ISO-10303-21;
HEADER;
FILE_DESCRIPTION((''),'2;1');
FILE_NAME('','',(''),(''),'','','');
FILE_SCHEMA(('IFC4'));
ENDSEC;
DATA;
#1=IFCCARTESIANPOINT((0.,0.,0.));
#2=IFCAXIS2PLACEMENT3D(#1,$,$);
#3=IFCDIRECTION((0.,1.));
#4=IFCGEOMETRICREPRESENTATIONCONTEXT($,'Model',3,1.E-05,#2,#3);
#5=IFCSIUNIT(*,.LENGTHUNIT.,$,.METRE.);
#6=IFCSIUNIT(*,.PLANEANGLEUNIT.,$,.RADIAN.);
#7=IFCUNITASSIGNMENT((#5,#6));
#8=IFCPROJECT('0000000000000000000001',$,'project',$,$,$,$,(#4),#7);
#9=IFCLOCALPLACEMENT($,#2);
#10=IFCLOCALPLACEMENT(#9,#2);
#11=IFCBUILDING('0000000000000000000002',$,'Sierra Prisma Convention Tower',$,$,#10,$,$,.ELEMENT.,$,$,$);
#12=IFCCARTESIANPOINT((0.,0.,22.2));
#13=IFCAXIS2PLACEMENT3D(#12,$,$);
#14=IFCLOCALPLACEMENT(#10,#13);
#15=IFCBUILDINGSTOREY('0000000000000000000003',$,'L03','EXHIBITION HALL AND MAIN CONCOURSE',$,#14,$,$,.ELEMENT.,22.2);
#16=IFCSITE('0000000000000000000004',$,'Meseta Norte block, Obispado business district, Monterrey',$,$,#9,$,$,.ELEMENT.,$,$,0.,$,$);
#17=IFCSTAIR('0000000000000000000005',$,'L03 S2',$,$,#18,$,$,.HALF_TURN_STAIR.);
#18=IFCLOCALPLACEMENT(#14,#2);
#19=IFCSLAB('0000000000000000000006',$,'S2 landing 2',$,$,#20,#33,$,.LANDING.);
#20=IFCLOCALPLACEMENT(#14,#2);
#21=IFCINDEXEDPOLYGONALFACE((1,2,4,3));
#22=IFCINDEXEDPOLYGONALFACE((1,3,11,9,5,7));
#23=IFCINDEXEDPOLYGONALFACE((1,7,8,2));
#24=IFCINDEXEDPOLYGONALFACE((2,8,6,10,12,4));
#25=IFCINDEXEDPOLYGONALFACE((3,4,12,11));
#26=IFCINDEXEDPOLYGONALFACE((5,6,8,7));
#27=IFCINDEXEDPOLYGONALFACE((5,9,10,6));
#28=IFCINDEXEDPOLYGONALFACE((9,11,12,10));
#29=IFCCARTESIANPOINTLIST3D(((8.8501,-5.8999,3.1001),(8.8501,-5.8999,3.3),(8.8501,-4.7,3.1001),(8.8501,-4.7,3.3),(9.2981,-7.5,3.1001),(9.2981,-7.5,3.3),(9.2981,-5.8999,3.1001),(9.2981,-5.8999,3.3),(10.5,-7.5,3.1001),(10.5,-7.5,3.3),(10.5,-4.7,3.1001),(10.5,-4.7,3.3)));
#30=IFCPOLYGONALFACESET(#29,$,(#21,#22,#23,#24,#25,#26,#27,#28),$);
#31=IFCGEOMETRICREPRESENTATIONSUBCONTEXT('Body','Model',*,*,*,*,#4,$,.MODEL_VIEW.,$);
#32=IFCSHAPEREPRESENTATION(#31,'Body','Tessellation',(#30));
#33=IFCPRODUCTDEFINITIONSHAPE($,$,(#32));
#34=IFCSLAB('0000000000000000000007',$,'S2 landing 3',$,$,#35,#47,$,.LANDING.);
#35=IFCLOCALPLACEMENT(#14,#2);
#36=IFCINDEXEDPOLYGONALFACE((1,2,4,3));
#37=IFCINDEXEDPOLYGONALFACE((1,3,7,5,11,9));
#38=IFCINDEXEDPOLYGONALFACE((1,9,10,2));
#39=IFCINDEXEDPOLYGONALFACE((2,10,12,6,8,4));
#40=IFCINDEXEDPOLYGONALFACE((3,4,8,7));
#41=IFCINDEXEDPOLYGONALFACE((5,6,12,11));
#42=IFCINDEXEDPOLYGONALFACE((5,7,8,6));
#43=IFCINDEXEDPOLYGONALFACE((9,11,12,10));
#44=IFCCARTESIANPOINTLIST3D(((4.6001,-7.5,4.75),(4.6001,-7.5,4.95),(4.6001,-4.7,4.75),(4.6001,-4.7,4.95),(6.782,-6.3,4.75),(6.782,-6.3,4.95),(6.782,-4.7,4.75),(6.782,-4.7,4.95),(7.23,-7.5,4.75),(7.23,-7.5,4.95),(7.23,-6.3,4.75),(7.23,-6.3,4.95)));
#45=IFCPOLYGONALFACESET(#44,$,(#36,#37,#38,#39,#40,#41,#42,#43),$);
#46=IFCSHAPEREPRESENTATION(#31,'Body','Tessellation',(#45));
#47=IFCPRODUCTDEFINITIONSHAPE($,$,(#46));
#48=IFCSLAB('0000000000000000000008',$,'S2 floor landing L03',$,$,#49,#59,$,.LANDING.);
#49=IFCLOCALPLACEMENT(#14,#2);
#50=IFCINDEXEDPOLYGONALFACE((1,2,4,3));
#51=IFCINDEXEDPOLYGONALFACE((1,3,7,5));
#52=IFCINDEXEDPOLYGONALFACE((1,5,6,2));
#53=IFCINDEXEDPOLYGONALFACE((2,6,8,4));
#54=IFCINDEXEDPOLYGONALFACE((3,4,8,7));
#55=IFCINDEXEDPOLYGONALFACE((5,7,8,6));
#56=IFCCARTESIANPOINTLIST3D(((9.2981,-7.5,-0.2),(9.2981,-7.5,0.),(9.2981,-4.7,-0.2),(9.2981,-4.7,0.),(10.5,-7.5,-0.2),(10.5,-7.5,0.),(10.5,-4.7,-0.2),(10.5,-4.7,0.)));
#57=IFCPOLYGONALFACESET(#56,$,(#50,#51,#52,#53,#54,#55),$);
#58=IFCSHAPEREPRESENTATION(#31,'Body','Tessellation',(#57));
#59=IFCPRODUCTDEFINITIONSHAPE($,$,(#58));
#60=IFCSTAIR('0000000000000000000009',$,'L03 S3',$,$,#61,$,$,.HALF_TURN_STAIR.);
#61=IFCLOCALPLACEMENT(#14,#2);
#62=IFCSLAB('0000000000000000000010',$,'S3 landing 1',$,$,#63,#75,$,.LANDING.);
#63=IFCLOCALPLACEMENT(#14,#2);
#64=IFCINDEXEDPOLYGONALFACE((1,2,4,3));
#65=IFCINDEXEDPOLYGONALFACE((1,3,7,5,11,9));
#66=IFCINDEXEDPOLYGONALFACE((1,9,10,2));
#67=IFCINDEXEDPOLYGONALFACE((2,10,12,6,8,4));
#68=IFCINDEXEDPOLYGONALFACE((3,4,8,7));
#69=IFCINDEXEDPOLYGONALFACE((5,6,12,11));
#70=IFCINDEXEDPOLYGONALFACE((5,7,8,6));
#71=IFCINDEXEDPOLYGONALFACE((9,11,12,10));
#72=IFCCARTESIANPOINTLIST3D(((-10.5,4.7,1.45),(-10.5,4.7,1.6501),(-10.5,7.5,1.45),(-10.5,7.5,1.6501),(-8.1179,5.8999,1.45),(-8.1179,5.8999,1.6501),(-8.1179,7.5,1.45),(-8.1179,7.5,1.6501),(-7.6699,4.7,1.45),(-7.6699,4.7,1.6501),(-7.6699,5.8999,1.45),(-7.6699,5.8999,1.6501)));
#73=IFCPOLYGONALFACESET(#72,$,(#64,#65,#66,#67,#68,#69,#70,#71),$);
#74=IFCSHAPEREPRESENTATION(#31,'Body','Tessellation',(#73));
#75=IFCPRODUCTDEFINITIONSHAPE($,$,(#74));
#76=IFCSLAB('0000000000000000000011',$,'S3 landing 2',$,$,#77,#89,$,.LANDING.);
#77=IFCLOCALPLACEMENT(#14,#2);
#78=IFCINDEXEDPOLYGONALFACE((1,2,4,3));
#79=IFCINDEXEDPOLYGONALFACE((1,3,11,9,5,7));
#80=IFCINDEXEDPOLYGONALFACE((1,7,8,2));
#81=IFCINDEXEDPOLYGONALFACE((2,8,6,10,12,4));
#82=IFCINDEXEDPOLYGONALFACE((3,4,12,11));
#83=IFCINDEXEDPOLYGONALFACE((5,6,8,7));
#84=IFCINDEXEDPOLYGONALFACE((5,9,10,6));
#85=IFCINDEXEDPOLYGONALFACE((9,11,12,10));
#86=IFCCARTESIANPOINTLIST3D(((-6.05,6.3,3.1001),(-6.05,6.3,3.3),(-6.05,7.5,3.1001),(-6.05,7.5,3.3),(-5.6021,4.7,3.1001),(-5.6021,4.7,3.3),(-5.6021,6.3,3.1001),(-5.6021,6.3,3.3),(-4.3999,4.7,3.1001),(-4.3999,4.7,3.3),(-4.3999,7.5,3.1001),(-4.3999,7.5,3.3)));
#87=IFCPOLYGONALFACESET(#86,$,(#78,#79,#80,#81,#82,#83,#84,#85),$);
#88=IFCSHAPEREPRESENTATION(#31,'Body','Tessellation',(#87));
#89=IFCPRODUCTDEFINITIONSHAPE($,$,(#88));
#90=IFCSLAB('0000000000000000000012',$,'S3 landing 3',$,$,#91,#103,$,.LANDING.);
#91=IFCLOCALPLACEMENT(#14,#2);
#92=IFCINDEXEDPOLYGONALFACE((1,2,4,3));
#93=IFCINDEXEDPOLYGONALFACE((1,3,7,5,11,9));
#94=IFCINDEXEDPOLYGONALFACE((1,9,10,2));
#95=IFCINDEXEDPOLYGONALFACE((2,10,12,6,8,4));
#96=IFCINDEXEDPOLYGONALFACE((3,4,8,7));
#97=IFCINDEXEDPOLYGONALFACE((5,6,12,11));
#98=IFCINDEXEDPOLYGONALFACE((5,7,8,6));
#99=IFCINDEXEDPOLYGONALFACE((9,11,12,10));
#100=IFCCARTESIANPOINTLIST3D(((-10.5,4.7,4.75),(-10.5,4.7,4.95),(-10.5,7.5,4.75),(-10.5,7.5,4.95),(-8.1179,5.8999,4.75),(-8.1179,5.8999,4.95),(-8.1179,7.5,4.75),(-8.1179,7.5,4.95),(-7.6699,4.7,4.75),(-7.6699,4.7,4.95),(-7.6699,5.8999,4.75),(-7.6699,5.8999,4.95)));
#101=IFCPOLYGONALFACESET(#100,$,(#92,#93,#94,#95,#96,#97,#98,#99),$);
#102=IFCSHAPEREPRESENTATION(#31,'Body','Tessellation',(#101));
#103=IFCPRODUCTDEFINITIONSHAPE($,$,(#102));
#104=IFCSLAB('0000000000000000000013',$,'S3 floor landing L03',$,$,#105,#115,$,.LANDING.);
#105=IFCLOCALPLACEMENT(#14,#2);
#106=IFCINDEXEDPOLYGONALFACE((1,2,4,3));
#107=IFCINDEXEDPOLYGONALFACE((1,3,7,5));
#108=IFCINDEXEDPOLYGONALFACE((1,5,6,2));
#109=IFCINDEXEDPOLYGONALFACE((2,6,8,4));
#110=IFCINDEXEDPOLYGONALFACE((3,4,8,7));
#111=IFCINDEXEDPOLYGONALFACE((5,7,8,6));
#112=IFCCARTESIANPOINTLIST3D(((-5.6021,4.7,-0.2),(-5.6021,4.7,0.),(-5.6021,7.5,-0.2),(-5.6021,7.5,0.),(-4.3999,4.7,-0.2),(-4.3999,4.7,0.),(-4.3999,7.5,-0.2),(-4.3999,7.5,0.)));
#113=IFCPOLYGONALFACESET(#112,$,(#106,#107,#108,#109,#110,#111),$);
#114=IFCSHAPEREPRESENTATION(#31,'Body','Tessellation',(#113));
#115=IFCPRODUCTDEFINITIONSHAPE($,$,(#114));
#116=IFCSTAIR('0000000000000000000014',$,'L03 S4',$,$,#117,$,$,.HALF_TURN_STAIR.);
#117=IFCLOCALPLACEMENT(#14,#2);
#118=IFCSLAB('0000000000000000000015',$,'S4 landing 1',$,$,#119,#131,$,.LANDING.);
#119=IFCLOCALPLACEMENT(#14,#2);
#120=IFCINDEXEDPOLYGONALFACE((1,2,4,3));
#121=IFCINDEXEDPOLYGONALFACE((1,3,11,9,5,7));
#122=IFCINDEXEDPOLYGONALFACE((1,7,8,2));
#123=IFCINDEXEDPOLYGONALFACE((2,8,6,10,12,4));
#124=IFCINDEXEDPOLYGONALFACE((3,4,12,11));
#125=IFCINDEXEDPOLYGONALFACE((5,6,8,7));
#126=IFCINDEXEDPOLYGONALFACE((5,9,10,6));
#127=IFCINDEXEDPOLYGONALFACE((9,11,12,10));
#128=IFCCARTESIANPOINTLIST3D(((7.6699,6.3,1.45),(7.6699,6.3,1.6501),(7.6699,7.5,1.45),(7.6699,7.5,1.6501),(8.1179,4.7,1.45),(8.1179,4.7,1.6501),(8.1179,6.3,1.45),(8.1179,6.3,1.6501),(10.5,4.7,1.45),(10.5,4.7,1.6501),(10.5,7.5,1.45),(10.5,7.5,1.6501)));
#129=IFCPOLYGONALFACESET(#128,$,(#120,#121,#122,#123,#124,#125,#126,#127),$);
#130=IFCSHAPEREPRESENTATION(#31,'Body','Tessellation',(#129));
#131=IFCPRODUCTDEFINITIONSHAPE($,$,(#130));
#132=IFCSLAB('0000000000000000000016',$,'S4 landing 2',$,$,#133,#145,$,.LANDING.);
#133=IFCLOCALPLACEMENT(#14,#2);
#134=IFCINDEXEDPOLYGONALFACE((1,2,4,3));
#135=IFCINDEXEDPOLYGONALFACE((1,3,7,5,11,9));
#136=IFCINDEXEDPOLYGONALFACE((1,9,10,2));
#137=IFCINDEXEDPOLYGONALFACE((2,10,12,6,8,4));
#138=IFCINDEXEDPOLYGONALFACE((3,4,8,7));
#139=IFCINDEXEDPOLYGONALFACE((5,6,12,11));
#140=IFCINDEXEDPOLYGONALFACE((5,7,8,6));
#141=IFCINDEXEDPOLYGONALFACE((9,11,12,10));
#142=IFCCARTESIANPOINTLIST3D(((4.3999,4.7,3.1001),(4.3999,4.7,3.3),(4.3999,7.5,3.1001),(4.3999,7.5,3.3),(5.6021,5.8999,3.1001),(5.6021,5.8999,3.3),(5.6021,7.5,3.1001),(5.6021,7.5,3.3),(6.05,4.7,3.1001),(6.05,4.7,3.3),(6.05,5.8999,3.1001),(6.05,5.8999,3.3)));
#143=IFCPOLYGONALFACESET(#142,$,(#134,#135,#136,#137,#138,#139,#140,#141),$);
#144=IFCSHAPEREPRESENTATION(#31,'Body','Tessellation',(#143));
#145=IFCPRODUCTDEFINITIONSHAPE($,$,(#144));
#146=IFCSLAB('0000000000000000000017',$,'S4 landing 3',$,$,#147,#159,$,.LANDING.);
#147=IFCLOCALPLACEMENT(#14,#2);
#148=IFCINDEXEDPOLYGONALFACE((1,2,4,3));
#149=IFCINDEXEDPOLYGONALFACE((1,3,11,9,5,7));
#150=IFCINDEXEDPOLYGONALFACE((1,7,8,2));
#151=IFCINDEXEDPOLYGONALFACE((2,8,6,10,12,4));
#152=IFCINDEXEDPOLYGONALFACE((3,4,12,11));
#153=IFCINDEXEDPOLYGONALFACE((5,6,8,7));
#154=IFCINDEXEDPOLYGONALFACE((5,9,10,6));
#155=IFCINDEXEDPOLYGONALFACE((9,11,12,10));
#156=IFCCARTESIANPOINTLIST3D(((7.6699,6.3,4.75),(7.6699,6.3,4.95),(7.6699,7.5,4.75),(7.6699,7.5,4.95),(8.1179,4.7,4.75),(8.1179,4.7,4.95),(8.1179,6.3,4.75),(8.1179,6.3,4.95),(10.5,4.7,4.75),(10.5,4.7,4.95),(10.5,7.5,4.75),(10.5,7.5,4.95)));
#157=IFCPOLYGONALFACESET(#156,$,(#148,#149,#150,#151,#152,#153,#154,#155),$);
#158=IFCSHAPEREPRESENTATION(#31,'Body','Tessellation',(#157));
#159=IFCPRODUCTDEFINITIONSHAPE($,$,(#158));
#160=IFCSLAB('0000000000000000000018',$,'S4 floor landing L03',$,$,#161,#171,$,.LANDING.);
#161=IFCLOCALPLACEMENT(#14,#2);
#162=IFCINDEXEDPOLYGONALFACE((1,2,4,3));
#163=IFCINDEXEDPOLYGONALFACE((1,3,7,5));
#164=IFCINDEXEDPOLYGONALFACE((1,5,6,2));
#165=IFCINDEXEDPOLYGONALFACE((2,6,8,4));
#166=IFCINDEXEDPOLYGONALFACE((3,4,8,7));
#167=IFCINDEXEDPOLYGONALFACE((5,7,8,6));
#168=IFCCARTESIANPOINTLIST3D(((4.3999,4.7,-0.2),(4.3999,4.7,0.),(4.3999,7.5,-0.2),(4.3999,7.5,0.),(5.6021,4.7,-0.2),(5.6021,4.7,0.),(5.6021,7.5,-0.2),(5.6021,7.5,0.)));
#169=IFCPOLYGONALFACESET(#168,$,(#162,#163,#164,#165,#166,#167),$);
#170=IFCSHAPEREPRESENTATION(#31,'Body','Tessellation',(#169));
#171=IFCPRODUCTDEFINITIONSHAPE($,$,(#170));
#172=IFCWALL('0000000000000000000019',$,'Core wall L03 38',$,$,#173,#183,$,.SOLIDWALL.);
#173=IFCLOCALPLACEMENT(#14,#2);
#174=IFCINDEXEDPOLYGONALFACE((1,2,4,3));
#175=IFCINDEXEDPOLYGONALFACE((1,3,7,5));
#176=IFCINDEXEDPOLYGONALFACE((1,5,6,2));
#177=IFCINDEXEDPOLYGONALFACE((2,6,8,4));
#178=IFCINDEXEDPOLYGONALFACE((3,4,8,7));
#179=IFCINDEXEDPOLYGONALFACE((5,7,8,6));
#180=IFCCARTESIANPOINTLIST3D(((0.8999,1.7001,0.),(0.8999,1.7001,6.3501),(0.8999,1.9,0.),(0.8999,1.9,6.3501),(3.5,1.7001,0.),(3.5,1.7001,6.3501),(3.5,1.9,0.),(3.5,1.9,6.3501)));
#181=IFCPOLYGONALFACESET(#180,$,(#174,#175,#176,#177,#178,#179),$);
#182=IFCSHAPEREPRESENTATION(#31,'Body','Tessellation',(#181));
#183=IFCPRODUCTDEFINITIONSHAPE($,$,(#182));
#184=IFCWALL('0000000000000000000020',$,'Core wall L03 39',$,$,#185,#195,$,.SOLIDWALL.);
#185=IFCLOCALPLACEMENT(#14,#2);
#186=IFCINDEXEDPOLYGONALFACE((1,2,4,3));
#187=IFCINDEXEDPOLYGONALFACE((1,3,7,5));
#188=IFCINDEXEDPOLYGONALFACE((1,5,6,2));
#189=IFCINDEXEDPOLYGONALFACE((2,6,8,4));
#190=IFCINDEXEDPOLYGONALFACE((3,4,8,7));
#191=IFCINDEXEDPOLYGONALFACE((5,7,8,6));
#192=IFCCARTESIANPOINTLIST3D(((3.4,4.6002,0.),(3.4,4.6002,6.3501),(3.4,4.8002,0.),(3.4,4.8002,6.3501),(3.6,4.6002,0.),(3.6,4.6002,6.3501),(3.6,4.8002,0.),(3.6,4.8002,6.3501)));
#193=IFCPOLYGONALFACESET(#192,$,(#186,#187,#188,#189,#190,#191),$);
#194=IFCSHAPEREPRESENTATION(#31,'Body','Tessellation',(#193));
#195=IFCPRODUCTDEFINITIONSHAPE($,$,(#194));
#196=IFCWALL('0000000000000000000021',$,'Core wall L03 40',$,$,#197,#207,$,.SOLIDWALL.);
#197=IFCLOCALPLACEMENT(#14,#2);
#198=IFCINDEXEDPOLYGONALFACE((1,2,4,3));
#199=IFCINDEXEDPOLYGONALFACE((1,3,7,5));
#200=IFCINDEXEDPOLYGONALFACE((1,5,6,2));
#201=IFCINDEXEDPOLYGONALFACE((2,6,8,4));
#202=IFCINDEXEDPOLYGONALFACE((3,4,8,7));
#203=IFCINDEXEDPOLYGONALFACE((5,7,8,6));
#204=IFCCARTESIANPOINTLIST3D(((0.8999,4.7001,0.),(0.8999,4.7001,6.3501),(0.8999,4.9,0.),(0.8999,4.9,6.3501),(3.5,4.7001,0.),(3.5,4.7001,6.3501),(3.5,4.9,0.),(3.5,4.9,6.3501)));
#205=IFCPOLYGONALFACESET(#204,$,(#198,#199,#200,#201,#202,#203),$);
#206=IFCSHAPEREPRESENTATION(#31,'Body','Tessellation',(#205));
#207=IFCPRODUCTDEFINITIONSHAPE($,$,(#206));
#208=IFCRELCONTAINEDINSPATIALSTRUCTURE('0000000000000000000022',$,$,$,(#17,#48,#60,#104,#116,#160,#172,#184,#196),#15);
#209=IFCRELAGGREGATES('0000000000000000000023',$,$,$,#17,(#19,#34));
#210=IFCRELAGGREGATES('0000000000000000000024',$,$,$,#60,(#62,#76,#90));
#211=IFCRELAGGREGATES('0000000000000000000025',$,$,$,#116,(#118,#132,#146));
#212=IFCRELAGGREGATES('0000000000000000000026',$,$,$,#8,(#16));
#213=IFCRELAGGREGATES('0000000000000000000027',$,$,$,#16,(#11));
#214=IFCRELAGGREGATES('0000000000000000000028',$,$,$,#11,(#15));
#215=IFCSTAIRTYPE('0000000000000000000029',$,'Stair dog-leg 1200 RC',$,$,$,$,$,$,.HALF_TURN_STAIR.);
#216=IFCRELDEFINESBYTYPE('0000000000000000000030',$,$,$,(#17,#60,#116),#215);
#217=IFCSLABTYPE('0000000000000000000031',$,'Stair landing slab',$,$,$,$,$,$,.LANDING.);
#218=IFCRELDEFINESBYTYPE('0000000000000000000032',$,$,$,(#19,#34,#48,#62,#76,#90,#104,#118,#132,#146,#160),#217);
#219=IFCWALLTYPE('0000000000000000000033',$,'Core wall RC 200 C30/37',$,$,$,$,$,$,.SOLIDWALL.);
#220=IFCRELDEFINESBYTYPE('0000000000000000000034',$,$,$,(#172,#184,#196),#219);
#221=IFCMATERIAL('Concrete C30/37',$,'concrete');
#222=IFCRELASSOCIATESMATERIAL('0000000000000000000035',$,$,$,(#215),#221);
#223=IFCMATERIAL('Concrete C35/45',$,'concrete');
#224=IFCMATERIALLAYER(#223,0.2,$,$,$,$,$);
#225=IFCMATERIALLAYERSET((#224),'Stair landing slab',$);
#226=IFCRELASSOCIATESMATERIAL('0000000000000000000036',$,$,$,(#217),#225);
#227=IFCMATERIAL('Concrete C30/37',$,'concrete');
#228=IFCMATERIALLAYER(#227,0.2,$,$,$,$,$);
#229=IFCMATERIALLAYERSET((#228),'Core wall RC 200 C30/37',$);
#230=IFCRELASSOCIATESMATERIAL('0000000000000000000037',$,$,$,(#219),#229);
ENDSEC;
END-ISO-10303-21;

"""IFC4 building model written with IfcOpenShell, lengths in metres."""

from ifc_helpers import new_model, si_unit, direction, frame, frame_2d, origin, place, context, subcontext, project, spatial, polyline, rectangle, outline, extrude, material, layer, layer_set, type_object, element, aggregate, save


model = new_model("IFC4")

# Units and contexts
model_context = context("Model", 3, precision=1e-05, world=origin(), true_north=direction((0.0, 1.0)))
body_context = subcontext(model_context, "Body", "Model", "MODEL_VIEW")
ifc_project = project(units=[si_unit("LENGTHUNIT", "METRE"), si_unit("PLANEANGLEUNIT", "RADIAN")], contexts=[model_context])

# Site, building, storey
site_placement = place(None, origin())
site = spatial("IfcSite", under=ifc_project, at=site_placement, Name="Meseta Norte block, Obispado business district, Monterrey", CompositionType="ELEMENT", RefElevation=0.0)
building_placement = place(site_placement, origin())
building = spatial("IfcBuilding", under=site, at=building_placement, Name="Sierra Prisma Convention Tower", CompositionType="ELEMENT")
storey_placement = place(building_placement, frame((0.0, 0.0, 22.2)))
storey = spatial("IfcBuildingStorey", under=building, at=storey_placement, Name="L03", Description="EXHIBITION HALL AND MAIN CONCOURSE", CompositionType="ELEMENT", Elevation=22.2)

# Stair, slabs
ifc_material_1 = material(Name="Concrete C30/37", Category="concrete")
stair_type = type_object("IfcStairType", Name="Stair dog-leg 1200 RC", PredefinedType="HALF_TURN_STAIR", material=ifc_material_1)
stair_1_placement = place(storey_placement, origin())
stair_1 = element("IfcStair", 1, at=stair_1_placement, inside=storey, type_object=stair_type, Name="L03 S2", PredefinedType="HALF_TURN_STAIR")
ifc_material_2 = material(Name="Concrete C35/45", Category="concrete")
ifc_layer_1 = layer(ifc_material_2, 0.2)
ifc_layer_set_1 = layer_set([ifc_layer_1], Name="Stair landing slab")
slab_type = type_object("IfcSlabType", Name="Stair landing slab", PredefinedType="LANDING", material=ifc_layer_set_1)
slab_1_placement = place(storey_placement, frame((0.0, 0.0, 3.1001)))
slab_1 = element("IfcSlab", 2, at=slab_1_placement, type_object=slab_type, Name="S2 landing 2", PredefinedType="LANDING", context=body_context, shape_type="SweptSolid", body=[
    extrude(outline(polyline([(10.5, -4.7), (10.5, -7.5), (9.2981, -7.5), (9.2981, -5.8999), (8.8501, -5.8999), (8.8501, -4.7), (10.5, -4.7)])), origin(), (0.0, 0.0, 1.0), 0.2),
])
slab_2_placement = place(storey_placement, frame((0.0, 0.0, 4.75)))
slab_2 = element("IfcSlab", 3, at=slab_2_placement, type_object=slab_type, Name="S2 landing 3", PredefinedType="LANDING", context=body_context, shape_type="SweptSolid", body=[
    extrude(outline(polyline([(7.23, -6.3), (7.23, -7.5), (4.6001, -7.5), (4.6001, -4.7), (6.782, -4.7), (6.782, -6.3), (7.23, -6.3)])), origin(), (0.0, 0.0, 1.0), 0.2),
])
aggregate(stair_1, [slab_1, slab_2])

# Slab
slab_3_placement = place(storey_placement, frame((0.0, 0.0, -0.2)))
element("IfcSlab", 4, at=slab_3_placement, inside=storey, type_object=slab_type, Name="S2 floor landing L03", PredefinedType="LANDING", context=body_context, shape_type="SweptSolid", body=[
    extrude(outline(polyline([(10.5, -4.7), (9.2981, -4.7), (9.2981, -7.5), (10.5, -7.5), (10.5, -4.7)])), origin(), (0.0, 0.0, 1.0), 0.2),
])

# Stair, slabs
stair_2_placement = place(storey_placement, origin())
stair_2 = element("IfcStair", 5, at=stair_2_placement, inside=storey, type_object=stair_type, Name="L03 S3", PredefinedType="HALF_TURN_STAIR")
slab_4_placement = place(storey_placement, frame((0.0, 0.0, 1.45)))
slab_4 = element("IfcSlab", 6, at=slab_4_placement, type_object=slab_type, Name="S3 landing 1", PredefinedType="LANDING", context=body_context, shape_type="SweptSolid", body=[
    extrude(outline(polyline([(-7.6699, 5.8999), (-7.6699, 4.7), (-10.5, 4.7), (-10.5, 7.5), (-8.1179, 7.5), (-8.1179, 5.8999), (-7.6699, 5.8999)])), origin(), (0.0, 0.0, 1.0), 0.2002),
])
slab_5_placement = place(storey_placement, frame((0.0, 0.0, 3.1001)))
slab_5 = element("IfcSlab", 7, at=slab_5_placement, type_object=slab_type, Name="S3 landing 2", PredefinedType="LANDING", context=body_context, shape_type="SweptSolid", body=[
    extrude(outline(polyline([(-4.3999, 7.5), (-4.3999, 4.7), (-5.6021, 4.7), (-5.6021, 6.3), (-6.05, 6.3), (-6.05, 7.5), (-4.3999, 7.5)])), origin(), (0.0, 0.0, 1.0), 0.2),
])
slab_6_placement = place(storey_placement, frame((0.0, 0.0, 4.75)))
slab_6 = element("IfcSlab", 8, at=slab_6_placement, type_object=slab_type, Name="S3 landing 3", PredefinedType="LANDING", context=body_context, shape_type="SweptSolid", body=[
    extrude(outline(polyline([(-7.6699, 5.8999), (-7.6699, 4.7), (-10.5, 4.7), (-10.5, 7.5), (-8.1179, 7.5), (-8.1179, 5.8999), (-7.6699, 5.8999)])), origin(), (0.0, 0.0, 1.0), 0.2),
])
aggregate(stair_2, [slab_4, slab_5, slab_6])

# Slab
slab_7_placement = place(storey_placement, frame((0.0, 0.0, -0.2)))
element("IfcSlab", 9, at=slab_7_placement, inside=storey, type_object=slab_type, Name="S3 floor landing L03", PredefinedType="LANDING", context=body_context, shape_type="SweptSolid", body=[
    extrude(outline(polyline([(-4.3999, 7.5), (-5.6021, 7.5), (-5.6021, 4.7), (-4.3999, 4.7), (-4.3999, 7.5)])), origin(), (0.0, 0.0, 1.0), 0.2),
])

# Stair, slabs
stair_3_placement = place(storey_placement, origin())
stair_3 = element("IfcStair", 10, at=stair_3_placement, inside=storey, type_object=stair_type, Name="L03 S4", PredefinedType="HALF_TURN_STAIR")
slab_8_placement = place(storey_placement, frame((0.0, 0.0, 1.45)))
slab_8 = element("IfcSlab", 11, at=slab_8_placement, type_object=slab_type, Name="S4 landing 1", PredefinedType="LANDING", context=body_context, shape_type="SweptSolid", body=[
    extrude(outline(polyline([(10.5, 7.5), (10.5, 4.7), (8.1179, 4.7), (8.1179, 6.3), (7.6699, 6.3), (7.6699, 7.5), (10.5, 7.5)])), origin(), (0.0, 0.0, 1.0), 0.2002),
])
slab_9_placement = place(storey_placement, frame((0.0, 0.0, 3.1001)))
slab_9 = element("IfcSlab", 12, at=slab_9_placement, type_object=slab_type, Name="S4 landing 2", PredefinedType="LANDING", context=body_context, shape_type="SweptSolid", body=[
    extrude(outline(polyline([(4.3999, 4.7), (4.3999, 7.5), (5.6021, 7.5), (5.6021, 5.8999), (6.05, 5.8999), (6.05, 4.7), (4.3999, 4.7)])), origin(), (0.0, 0.0, 1.0), 0.2),
])
slab_10_placement = place(storey_placement, frame((0.0, 0.0, 4.75)))
slab_10 = element("IfcSlab", 13, at=slab_10_placement, type_object=slab_type, Name="S4 landing 3", PredefinedType="LANDING", context=body_context, shape_type="SweptSolid", body=[
    extrude(outline(polyline([(10.5, 7.5), (10.5, 4.7), (8.1179, 4.7), (8.1179, 6.3), (7.6699, 6.3), (7.6699, 7.5), (10.5, 7.5)])), origin(), (0.0, 0.0, 1.0), 0.2),
])
aggregate(stair_3, [slab_8, slab_9, slab_10])

# Slab
slab_11_placement = place(storey_placement, frame((0.0, 0.0, -0.2)))
element("IfcSlab", 14, at=slab_11_placement, inside=storey, type_object=slab_type, Name="S4 floor landing L03", PredefinedType="LANDING", context=body_context, shape_type="SweptSolid", body=[
    extrude(outline(polyline([(4.3999, 4.7), (5.6021, 4.7), (5.6021, 7.5), (4.3999, 7.5), (4.3999, 4.7)])), origin(), (0.0, 0.0, 1.0), 0.2),
])

# Shared definitions
ifc_material_3 = material(Name="Concrete C30/37", Category="concrete")
ifc_layer_2 = layer(ifc_material_3, 0.2)
ifc_layer_set_2 = layer_set([ifc_layer_2], Name="Core wall RC 200 C30/37")
wall_type = type_object("IfcWallType", Name="Core wall RC 200 C30/37", PredefinedType="SOLIDWALL", material=ifc_layer_set_2)

# Walls
wall_1_placement = place(storey_placement, frame((3.5, 1.8, 0.0), z_axis=(0.0, 0.0, 1.0), x_axis=(-1.0, 0.0, 0.0)))
element("IfcWall", 15, at=wall_1_placement, inside=storey, type_object=wall_type, Name="Core wall L03 38", PredefinedType="SOLIDWALL", context=body_context, shape_type="SweptSolid", body=[
    extrude(rectangle(XDim=2.6001, YDim=0.2, at=frame_2d((1.3, 0.0))), origin(), (0.0, 0.0, 1.0), 6.3501),
])
wall_2_placement = place(storey_placement, frame((3.5, 4.6001, 0.0), z_axis=(0.0, 0.0, 1.0), x_axis=(0.0, 1.0, 0.0)))
element("IfcWall", 16, at=wall_2_placement, inside=storey, type_object=wall_type, Name="Core wall L03 39", PredefinedType="SOLIDWALL", context=body_context, shape_type="SweptSolid", body=[
    extrude(rectangle(XDim=0.2, YDim=0.2, at=frame_2d((0.1001, 0.0))), origin(), (0.0, 0.0, 1.0), 6.3501),
])
wall_3_placement = place(storey_placement, frame((3.5, 4.8, 0.0), z_axis=(0.0, 0.0, 1.0), x_axis=(-1.0, 0.0, 0.0)))
element("IfcWall", 17, at=wall_3_placement, inside=storey, type_object=wall_type, Name="Core wall L03 40", PredefinedType="SOLIDWALL", context=body_context, shape_type="SweptSolid", body=[
    extrude(rectangle(XDim=2.6001, YDim=0.2, at=frame_2d((1.3, 0.0))), origin(), (0.0, 0.0, 1.0), 6.3501),
])

save(model, "model.ifc")
